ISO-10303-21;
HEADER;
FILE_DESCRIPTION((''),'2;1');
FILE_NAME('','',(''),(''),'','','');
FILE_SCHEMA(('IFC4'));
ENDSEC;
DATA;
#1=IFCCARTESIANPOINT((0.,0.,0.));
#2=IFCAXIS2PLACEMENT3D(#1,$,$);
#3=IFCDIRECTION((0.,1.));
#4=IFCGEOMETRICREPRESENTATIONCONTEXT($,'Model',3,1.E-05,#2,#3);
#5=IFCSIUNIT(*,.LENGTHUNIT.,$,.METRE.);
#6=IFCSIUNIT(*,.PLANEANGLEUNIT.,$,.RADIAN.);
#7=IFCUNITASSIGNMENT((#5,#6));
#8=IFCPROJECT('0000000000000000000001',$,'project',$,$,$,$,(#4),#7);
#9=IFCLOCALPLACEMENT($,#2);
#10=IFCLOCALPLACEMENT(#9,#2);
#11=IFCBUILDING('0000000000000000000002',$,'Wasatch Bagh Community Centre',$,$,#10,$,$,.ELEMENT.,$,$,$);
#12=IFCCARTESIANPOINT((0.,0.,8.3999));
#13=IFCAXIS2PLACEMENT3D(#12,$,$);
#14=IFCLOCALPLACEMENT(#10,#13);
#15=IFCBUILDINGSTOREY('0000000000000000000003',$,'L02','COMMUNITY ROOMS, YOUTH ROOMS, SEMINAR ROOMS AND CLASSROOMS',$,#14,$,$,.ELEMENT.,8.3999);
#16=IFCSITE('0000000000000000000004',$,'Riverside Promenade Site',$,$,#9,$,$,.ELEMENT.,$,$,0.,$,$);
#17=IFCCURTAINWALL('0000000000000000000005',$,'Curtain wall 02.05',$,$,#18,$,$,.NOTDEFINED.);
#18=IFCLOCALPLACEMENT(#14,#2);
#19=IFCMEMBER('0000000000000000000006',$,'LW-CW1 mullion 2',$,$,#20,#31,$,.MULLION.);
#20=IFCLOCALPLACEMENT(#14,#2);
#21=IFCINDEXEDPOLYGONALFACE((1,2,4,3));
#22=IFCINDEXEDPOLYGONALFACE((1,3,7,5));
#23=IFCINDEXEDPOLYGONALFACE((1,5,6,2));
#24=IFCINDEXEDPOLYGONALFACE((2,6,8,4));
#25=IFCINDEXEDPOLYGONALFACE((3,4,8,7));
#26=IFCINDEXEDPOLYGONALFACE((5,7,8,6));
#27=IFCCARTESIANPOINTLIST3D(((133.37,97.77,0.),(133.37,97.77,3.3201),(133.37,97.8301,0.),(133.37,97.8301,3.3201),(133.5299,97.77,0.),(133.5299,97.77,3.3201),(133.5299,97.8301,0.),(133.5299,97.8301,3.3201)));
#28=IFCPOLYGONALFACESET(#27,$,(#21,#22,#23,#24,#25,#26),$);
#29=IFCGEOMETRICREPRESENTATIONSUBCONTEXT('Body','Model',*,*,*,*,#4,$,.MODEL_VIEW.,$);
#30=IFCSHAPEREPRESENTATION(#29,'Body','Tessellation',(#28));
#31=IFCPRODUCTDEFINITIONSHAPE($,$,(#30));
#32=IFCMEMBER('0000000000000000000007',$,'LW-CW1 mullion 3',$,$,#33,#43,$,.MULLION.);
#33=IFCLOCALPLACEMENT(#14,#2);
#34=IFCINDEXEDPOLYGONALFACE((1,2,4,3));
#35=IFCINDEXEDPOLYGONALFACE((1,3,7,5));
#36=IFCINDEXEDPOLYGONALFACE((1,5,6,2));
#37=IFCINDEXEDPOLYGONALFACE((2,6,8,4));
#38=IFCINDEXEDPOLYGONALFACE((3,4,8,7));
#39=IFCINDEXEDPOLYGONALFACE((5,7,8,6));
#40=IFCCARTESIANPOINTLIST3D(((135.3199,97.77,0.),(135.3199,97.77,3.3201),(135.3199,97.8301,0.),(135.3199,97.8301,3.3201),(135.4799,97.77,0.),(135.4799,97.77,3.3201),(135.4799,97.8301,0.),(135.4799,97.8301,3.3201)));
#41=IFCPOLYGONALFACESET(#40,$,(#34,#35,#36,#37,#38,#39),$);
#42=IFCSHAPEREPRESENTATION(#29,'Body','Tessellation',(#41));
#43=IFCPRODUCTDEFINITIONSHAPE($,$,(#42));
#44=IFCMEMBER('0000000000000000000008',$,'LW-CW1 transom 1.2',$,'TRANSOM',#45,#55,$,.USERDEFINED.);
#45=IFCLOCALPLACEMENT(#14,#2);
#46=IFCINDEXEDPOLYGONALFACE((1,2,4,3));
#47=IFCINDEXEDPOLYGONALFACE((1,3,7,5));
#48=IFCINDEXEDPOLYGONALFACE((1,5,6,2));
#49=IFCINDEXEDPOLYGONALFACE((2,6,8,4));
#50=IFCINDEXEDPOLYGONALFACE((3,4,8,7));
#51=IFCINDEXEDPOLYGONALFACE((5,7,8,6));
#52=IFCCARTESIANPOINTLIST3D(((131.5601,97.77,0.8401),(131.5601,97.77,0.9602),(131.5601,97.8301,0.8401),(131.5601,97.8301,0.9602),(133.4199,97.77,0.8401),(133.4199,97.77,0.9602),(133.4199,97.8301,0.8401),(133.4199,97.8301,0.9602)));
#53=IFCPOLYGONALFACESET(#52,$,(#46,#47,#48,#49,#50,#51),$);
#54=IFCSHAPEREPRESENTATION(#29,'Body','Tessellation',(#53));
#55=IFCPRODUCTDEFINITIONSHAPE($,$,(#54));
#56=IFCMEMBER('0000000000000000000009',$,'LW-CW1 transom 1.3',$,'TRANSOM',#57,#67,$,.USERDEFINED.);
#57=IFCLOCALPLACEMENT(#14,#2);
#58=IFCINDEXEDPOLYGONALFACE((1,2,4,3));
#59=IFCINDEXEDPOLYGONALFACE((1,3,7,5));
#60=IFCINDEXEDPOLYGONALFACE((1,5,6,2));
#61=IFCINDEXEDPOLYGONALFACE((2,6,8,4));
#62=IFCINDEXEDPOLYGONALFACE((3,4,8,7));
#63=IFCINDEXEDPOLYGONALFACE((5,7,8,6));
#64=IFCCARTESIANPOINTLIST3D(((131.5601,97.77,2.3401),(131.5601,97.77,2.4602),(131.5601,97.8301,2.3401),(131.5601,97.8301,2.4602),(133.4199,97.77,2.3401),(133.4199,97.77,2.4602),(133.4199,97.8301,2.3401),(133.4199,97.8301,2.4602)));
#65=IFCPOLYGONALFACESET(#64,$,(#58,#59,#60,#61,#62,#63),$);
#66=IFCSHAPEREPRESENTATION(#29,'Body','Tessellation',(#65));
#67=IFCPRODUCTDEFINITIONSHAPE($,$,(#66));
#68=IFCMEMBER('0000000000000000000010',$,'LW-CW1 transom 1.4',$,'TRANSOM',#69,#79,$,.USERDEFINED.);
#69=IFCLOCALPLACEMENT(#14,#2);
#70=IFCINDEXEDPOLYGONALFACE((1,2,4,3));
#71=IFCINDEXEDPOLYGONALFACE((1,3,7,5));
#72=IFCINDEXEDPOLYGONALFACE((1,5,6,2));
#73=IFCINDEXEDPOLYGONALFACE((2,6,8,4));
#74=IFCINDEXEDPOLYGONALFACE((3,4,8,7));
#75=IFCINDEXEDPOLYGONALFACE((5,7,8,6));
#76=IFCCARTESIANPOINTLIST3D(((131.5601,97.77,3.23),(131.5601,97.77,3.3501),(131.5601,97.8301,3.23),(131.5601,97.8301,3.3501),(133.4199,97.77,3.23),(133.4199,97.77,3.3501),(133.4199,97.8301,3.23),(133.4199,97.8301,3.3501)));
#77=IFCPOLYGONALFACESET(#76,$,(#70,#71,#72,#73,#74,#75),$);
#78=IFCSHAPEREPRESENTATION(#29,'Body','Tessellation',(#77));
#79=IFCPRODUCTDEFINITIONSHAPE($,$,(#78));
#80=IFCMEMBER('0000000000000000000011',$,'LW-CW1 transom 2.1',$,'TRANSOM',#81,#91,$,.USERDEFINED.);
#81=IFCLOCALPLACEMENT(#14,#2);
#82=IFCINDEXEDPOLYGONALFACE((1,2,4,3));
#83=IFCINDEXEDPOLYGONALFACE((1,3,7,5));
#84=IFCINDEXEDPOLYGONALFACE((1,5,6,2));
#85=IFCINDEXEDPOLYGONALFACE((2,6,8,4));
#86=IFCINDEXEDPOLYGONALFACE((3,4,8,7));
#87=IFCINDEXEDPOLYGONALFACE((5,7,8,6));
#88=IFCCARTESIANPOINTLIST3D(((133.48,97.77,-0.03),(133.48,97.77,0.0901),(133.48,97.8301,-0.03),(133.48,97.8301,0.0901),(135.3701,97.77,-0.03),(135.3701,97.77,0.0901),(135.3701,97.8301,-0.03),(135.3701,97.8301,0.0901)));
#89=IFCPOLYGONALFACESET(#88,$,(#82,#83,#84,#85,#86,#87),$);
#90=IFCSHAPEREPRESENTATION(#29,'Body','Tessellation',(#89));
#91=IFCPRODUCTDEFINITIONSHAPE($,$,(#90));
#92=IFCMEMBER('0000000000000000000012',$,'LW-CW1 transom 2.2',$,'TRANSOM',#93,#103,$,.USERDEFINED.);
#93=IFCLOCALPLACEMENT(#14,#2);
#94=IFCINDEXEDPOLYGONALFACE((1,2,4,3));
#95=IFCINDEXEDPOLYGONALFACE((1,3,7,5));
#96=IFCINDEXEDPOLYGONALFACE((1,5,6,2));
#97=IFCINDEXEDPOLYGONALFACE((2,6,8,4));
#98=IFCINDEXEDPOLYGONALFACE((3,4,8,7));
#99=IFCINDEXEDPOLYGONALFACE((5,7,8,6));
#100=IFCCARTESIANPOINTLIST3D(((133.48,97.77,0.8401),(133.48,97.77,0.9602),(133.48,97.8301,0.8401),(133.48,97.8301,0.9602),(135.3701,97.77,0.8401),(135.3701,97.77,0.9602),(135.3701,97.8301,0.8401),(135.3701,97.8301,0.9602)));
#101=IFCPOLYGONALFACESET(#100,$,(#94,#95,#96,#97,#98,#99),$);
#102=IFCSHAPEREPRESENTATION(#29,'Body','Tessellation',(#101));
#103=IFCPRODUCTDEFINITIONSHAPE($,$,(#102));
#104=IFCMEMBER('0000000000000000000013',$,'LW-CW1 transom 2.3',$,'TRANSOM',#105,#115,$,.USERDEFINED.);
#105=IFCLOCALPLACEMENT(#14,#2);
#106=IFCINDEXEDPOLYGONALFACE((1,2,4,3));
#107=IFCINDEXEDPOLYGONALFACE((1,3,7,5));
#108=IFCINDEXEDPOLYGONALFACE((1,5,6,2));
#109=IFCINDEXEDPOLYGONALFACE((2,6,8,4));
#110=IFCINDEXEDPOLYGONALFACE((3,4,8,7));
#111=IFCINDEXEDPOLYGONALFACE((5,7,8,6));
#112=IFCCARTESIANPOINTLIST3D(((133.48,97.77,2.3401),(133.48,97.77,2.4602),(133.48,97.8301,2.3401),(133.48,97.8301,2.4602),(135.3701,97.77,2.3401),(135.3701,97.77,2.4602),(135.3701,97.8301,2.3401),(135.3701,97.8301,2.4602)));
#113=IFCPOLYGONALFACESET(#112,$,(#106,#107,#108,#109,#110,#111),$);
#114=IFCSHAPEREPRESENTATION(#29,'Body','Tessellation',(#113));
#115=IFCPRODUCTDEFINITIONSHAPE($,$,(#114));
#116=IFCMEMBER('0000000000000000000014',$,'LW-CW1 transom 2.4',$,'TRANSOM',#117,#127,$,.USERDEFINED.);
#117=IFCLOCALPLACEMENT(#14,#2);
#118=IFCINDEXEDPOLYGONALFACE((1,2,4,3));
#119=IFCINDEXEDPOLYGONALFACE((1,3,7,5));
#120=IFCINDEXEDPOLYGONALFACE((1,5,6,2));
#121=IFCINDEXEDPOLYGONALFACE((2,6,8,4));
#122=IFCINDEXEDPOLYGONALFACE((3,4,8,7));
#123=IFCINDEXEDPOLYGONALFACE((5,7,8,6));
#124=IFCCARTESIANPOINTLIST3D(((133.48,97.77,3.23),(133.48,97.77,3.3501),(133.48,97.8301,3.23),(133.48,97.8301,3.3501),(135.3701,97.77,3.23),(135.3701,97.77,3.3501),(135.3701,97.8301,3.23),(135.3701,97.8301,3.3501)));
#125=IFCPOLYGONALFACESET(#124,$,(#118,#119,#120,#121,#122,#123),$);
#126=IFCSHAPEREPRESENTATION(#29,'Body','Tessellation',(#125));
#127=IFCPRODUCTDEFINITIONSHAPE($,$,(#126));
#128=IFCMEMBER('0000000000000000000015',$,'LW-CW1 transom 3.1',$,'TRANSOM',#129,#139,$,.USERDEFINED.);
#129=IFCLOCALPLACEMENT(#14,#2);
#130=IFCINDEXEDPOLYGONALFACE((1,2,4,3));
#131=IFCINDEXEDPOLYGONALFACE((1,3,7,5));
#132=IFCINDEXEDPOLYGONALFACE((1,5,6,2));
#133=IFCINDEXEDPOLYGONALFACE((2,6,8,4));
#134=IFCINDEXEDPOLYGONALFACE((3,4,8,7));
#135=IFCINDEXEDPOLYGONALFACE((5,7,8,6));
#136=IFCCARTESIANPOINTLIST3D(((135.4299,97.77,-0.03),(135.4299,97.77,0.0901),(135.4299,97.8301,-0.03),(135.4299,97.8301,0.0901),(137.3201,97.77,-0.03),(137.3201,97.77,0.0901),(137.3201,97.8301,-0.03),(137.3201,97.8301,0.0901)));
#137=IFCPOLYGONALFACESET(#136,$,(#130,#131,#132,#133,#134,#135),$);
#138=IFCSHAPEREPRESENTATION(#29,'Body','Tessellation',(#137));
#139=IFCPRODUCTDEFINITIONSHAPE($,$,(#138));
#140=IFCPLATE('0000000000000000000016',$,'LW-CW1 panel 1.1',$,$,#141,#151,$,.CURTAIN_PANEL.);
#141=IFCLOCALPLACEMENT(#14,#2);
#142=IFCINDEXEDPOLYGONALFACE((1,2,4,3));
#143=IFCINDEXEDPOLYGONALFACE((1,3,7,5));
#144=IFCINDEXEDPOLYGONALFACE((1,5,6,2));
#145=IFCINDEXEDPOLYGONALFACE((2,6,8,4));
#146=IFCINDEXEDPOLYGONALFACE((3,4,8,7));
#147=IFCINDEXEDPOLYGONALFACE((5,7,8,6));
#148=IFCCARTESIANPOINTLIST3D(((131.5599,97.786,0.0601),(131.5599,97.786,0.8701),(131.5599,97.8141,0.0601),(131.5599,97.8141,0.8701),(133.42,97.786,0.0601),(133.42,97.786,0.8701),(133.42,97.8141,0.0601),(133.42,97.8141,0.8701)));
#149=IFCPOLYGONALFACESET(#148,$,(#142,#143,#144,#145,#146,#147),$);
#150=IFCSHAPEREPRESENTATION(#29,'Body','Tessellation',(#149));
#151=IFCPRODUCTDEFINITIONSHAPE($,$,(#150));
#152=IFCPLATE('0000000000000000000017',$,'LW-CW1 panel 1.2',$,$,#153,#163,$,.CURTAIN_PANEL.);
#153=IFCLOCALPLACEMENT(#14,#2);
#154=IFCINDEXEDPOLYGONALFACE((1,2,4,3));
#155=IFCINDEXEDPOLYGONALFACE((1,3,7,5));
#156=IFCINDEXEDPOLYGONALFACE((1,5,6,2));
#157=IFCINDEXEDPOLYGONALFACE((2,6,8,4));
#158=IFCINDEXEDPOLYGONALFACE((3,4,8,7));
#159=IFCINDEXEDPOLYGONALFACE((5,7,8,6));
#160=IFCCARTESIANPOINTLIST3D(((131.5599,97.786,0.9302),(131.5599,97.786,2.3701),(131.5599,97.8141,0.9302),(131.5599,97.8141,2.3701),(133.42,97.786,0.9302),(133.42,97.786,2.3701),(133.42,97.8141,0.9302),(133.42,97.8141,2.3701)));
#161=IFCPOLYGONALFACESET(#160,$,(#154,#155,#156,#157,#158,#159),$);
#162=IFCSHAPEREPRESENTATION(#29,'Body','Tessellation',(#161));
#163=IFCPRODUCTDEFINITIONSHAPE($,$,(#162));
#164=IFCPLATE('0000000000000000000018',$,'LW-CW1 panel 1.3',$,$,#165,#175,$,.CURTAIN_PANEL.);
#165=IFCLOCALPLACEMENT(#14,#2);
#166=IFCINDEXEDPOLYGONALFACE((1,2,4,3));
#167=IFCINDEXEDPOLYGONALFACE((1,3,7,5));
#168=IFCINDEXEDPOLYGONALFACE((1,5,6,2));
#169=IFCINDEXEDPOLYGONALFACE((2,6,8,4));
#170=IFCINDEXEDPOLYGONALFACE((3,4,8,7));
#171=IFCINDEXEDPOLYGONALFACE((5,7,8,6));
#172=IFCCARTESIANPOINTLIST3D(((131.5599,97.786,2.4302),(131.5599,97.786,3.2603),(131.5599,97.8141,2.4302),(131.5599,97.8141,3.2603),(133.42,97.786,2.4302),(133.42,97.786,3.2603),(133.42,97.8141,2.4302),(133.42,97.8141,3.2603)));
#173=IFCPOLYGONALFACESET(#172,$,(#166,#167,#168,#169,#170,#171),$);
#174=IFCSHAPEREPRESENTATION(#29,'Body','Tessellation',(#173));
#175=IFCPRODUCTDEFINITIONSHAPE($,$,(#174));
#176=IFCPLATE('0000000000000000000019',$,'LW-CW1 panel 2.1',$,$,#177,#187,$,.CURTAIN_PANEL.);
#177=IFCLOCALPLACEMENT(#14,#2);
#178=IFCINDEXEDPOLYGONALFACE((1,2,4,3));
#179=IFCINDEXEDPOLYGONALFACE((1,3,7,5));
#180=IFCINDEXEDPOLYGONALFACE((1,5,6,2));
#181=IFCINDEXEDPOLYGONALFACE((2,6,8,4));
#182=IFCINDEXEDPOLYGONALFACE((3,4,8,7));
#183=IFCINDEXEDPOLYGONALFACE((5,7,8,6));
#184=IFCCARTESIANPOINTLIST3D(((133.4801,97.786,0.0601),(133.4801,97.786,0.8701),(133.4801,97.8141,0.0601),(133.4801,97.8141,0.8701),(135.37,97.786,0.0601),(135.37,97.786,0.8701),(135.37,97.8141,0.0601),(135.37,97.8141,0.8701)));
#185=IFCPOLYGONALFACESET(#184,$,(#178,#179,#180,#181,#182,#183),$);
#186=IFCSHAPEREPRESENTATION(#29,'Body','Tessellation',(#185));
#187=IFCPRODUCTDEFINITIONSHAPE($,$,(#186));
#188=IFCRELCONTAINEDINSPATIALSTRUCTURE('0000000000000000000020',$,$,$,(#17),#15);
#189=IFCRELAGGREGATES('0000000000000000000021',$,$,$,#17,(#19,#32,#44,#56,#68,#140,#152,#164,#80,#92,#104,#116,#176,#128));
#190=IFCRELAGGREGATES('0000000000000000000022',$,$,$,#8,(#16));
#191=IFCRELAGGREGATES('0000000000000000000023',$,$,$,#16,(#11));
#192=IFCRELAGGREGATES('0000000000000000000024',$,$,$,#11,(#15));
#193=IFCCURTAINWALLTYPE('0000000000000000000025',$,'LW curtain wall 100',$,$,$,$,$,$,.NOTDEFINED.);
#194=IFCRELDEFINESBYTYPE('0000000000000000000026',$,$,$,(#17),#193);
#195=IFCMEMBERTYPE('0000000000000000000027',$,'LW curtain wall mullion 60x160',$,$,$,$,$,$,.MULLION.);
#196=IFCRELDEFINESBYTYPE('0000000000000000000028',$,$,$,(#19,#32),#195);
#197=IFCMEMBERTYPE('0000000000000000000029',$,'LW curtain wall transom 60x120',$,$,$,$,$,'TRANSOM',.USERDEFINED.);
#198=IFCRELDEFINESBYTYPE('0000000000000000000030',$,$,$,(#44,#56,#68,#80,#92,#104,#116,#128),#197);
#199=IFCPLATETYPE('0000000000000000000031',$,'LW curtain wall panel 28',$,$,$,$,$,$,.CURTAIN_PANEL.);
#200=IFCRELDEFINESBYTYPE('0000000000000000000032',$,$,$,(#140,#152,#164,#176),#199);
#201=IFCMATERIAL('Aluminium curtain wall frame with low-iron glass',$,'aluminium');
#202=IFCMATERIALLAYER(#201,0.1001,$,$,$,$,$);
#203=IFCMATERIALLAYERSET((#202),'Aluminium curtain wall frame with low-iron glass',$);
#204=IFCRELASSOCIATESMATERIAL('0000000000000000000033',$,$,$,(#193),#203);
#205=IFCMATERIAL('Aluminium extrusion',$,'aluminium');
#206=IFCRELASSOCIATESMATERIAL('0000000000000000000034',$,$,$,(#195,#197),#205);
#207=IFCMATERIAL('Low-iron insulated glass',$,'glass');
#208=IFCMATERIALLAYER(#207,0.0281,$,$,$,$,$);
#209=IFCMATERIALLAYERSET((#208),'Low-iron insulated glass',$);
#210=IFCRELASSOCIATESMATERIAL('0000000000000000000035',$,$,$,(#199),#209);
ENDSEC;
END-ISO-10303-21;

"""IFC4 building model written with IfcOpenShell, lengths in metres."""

from ifc_helpers import new_model, si_unit, direction, frame, origin, origin_2d, place, context, subcontext, project, spatial, rectangle, extrude, material, layer, layer_set, material_profile, profile_set, type_object, element, aggregate, save


model = new_model("IFC4")

# Units and contexts
model_context = context("Model", 3, precision=1e-05, world=origin(), true_north=direction((0.0, 1.0)))
body_context = subcontext(model_context, "Body", "Model", "MODEL_VIEW")
ifc_project = project(units=[si_unit("LENGTHUNIT", "METRE"), si_unit("PLANEANGLEUNIT", "RADIAN")], contexts=[model_context])

# Site, building, storey
site_placement = place(None, origin())
site = spatial("IfcSite", under=ifc_project, at=site_placement, Name="Riverside Promenade Site", CompositionType="ELEMENT", RefElevation=0.0)
building_placement = place(site_placement, origin())
building = spatial("IfcBuilding", under=site, at=building_placement, Name="Wasatch Bagh Community Centre", CompositionType="ELEMENT")
storey_placement = place(building_placement, frame((0.0, 0.0, 8.3999)))
storey = spatial("IfcBuildingStorey", under=building, at=storey_placement, Name="L02", Description="COMMUNITY ROOMS, YOUTH ROOMS, SEMINAR ROOMS AND CLASSROOMS", CompositionType="ELEMENT", Elevation=8.3999)

# Curtain wall, members, plates
ifc_material_1 = material(Name="Aluminium curtain wall frame with low-iron glass", Category="aluminium")
ifc_layer_1 = layer(ifc_material_1, 0.1001)
ifc_layer_set_1 = layer_set([ifc_layer_1], Name="Aluminium curtain wall frame with low-iron glass")
curtain_wall_type = type_object("IfcCurtainWallType", Name="LW curtain wall 100", PredefinedType="NOTDEFINED", material=ifc_layer_set_1)
curtain_wall_placement = place(storey_placement, origin())
curtain_wall = element("IfcCurtainWall", 1, at=curtain_wall_placement, inside=storey, type_object=curtain_wall_type, Name="Curtain wall 02.05", PredefinedType="NOTDEFINED")
ifc_material_2 = material(Name="Aluminium extrusion", Category="aluminium")
ifc_material_profile_1 = material_profile(ifc_material_2, rectangle(XDim=0.0601, YDim=0.1599, at=origin_2d()), Name="AL 60x160")
ifc_profile_set_1 = profile_set([ifc_material_profile_1], Name="Aluminium extrusion")
member_type_1 = type_object("IfcMemberType", Name="LW curtain wall mullion 60x160", PredefinedType="MULLION", material=ifc_profile_set_1)
member_1_placement = place(storey_placement, frame((133.45, 97.8, 0.0), z_axis=(0.0, 0.0, 1.0), x_axis=(0.0, 1.0, 0.0)))
member_1 = element("IfcMember", 2, at=member_1_placement, type_object=member_type_1, Name="LW-CW1 mullion 2", PredefinedType="MULLION", context=body_context, shape_type="SweptSolid", body=[
    extrude(rectangle(XDim=0.0601, YDim=0.1599, at=origin_2d()), origin(), (0.0, 0.0, 1.0), 3.3201),
])
member_2_placement = place(storey_placement, frame((135.3999, 97.8, 0.0), z_axis=(0.0, 0.0, 1.0), x_axis=(0.0, 1.0, 0.0)))
member_2 = element("IfcMember", 3, at=member_2_placement, type_object=member_type_1, Name="LW-CW1 mullion 3", PredefinedType="MULLION", context=body_context, shape_type="SweptSolid", body=[
    extrude(rectangle(XDim=0.0601, YDim=0.1599, at=origin_2d()), origin(), (0.0, 0.0, 1.0), 3.3201),
])
ifc_material_profile_2 = material_profile(ifc_material_2, rectangle(XDim=0.0601, YDim=0.1201, at=origin_2d()), Name="AL 60x120")
ifc_profile_set_2 = profile_set([ifc_material_profile_2], Name="Aluminium extrusion")
member_type_2 = type_object("IfcMemberType", Name="LW curtain wall transom 60x120", ElementType="TRANSOM", PredefinedType="USERDEFINED", material=ifc_profile_set_2)
member_3_placement = place(storey_placement, frame((131.5601, 97.8, 0.9001), z_axis=(1.0, 0.0, 0.0), x_axis=(0.0, 1.0, 0.0)))
member_3 = element("IfcMember", 4, at=member_3_placement, type_object=member_type_2, Name="LW-CW1 transom 1.2", ObjectType="TRANSOM", PredefinedType="USERDEFINED", context=body_context, shape_type="SweptSolid", body=[
    extrude(rectangle(XDim=0.0601, YDim=0.1201, at=origin_2d()), origin(), (0.0, 0.0, 1.0), 1.8599),
])
member_4_placement = place(storey_placement, frame((131.5601, 97.8, 2.4001), z_axis=(1.0, 0.0, 0.0), x_axis=(0.0, 1.0, 0.0)))
member_4 = element("IfcMember", 5, at=member_4_placement, type_object=member_type_2, Name="LW-CW1 transom 1.3", ObjectType="TRANSOM", PredefinedType="USERDEFINED", context=body_context, shape_type="SweptSolid", body=[
    extrude(rectangle(XDim=0.0601, YDim=0.1201, at=origin_2d()), origin(), (0.0, 0.0, 1.0), 1.8599),
])
member_5_placement = place(storey_placement, frame((131.5601, 97.8, 3.29), z_axis=(1.0, 0.0, 0.0), x_axis=(0.0, 1.0, 0.0)))
member_5 = element("IfcMember", 6, at=member_5_placement, type_object=member_type_2, Name="LW-CW1 transom 1.4", ObjectType="TRANSOM", PredefinedType="USERDEFINED", context=body_context, shape_type="SweptSolid", body=[
    extrude(rectangle(XDim=0.0601, YDim=0.1201, at=origin_2d()), origin(), (0.0, 0.0, 1.0), 1.8599),
])
member_6_placement = place(storey_placement, frame((133.48, 97.8, 0.03), z_axis=(1.0, 0.0, 0.0), x_axis=(0.0, 1.0, 0.0)))
member_6 = element("IfcMember", 7, at=member_6_placement, type_object=member_type_2, Name="LW-CW1 transom 2.1", ObjectType="TRANSOM", PredefinedType="USERDEFINED", context=body_context, shape_type="SweptSolid", body=[
    extrude(rectangle(XDim=0.0601, YDim=0.1201, at=origin_2d()), origin(), (0.0, 0.0, 1.0), 1.8901),
])
member_7_placement = place(storey_placement, frame((133.48, 97.8, 0.9001), z_axis=(1.0, 0.0, 0.0), x_axis=(0.0, 1.0, 0.0)))
member_7 = element("IfcMember", 8, at=member_7_placement, type_object=member_type_2, Name="LW-CW1 transom 2.2", ObjectType="TRANSOM", PredefinedType="USERDEFINED", context=body_context, shape_type="SweptSolid", body=[
    extrude(rectangle(XDim=0.0601, YDim=0.1201, at=origin_2d()), origin(), (0.0, 0.0, 1.0), 1.8901),
])
member_8_placement = place(storey_placement, frame((133.48, 97.8, 2.4001), z_axis=(1.0, 0.0, 0.0), x_axis=(0.0, 1.0, 0.0)))
member_8 = element("IfcMember", 9, at=member_8_placement, type_object=member_type_2, Name="LW-CW1 transom 2.3", ObjectType="TRANSOM", PredefinedType="USERDEFINED", context=body_context, shape_type="SweptSolid", body=[
    extrude(rectangle(XDim=0.0601, YDim=0.1201, at=origin_2d()), origin(), (0.0, 0.0, 1.0), 1.8901),
])
member_9_placement = place(storey_placement, frame((133.48, 97.8, 3.29), z_axis=(1.0, 0.0, 0.0), x_axis=(0.0, 1.0, 0.0)))
member_9 = element("IfcMember", 10, at=member_9_placement, type_object=member_type_2, Name="LW-CW1 transom 2.4", ObjectType="TRANSOM", PredefinedType="USERDEFINED", context=body_context, shape_type="SweptSolid", body=[
    extrude(rectangle(XDim=0.0601, YDim=0.1201, at=origin_2d()), origin(), (0.0, 0.0, 1.0), 1.8901),
])
member_10_placement = place(storey_placement, frame((135.4299, 97.8, 0.03), z_axis=(1.0, 0.0, 0.0), x_axis=(0.0, 1.0, 0.0)))
member_10 = element("IfcMember", 11, at=member_10_placement, type_object=member_type_2, Name="LW-CW1 transom 3.1", ObjectType="TRANSOM", PredefinedType="USERDEFINED", context=body_context, shape_type="SweptSolid", body=[
    extrude(rectangle(XDim=0.0601, YDim=0.1201, at=origin_2d()), origin(), (0.0, 0.0, 1.0), 1.8901),
])
ifc_material_3 = material(Name="Low-iron insulated glass", Category="glass")
ifc_layer_2 = layer(ifc_material_3, 0.0281)
ifc_layer_set_2 = layer_set([ifc_layer_2], Name="Low-iron insulated glass")
plate_type_1 = type_object("IfcPlateType", Name="LW curtain wall panel 28", PredefinedType="CURTAIN_PANEL", material=ifc_layer_set_2)
plate_1_placement = place(storey_placement, frame((132.49, 97.8, 0.0601), z_axis=(0.0, 0.0, 1.0), x_axis=(1.0, 0.0, 0.0)))
plate_1 = element("IfcPlate", 12, at=plate_1_placement, type_object=plate_type_1, Name="LW-CW1 panel 1.1", PredefinedType="CURTAIN_PANEL", context=body_context, shape_type="SweptSolid", body=[
    extrude(rectangle(XDim=1.8601, YDim=0.0281, at=origin_2d()), origin(), (0.0, 0.0, 1.0), 0.8101),
])
plate_2_placement = place(storey_placement, frame((132.49, 97.8, 0.9302), z_axis=(0.0, 0.0, 1.0), x_axis=(1.0, 0.0, 0.0)))
plate_2 = element("IfcPlate", 13, at=plate_2_placement, type_object=plate_type_1, Name="LW-CW1 panel 1.2", PredefinedType="CURTAIN_PANEL", context=body_context, shape_type="SweptSolid", body=[
    extrude(rectangle(XDim=1.8601, YDim=0.0281, at=origin_2d()), origin(), (0.0, 0.0, 1.0), 1.4399),
])
plate_3_placement = place(storey_placement, frame((132.49, 97.8, 2.4302), z_axis=(0.0, 0.0, 1.0), x_axis=(1.0, 0.0, 0.0)))
plate_3 = element("IfcPlate", 14, at=plate_3_placement, type_object=plate_type_1, Name="LW-CW1 panel 1.3", PredefinedType="CURTAIN_PANEL", context=body_context, shape_type="SweptSolid", body=[
    extrude(rectangle(XDim=1.8601, YDim=0.0281, at=origin_2d()), origin(), (0.0, 0.0, 1.0), 0.8301),
])
plate_4_placement = place(storey_placement, frame((134.425, 97.8, 0.0601), z_axis=(0.0, 0.0, 1.0), x_axis=(1.0, 0.0, 0.0)))
plate_4 = element("IfcPlate", 15, at=plate_4_placement, type_object=plate_type_1, Name="LW-CW1 panel 2.1", PredefinedType="CURTAIN_PANEL", context=body_context, shape_type="SweptSolid", body=[
    extrude(rectangle(XDim=1.8899, YDim=0.0281, at=origin_2d()), origin(), (0.0, 0.0, 1.0), 0.8101),
])
aggregate(curtain_wall, [member_1, member_2, member_3, member_4, member_5, plate_1, plate_2, plate_3, member_6, member_7, member_8, member_9, plate_4, member_10])

save(model, "model.ifc")
